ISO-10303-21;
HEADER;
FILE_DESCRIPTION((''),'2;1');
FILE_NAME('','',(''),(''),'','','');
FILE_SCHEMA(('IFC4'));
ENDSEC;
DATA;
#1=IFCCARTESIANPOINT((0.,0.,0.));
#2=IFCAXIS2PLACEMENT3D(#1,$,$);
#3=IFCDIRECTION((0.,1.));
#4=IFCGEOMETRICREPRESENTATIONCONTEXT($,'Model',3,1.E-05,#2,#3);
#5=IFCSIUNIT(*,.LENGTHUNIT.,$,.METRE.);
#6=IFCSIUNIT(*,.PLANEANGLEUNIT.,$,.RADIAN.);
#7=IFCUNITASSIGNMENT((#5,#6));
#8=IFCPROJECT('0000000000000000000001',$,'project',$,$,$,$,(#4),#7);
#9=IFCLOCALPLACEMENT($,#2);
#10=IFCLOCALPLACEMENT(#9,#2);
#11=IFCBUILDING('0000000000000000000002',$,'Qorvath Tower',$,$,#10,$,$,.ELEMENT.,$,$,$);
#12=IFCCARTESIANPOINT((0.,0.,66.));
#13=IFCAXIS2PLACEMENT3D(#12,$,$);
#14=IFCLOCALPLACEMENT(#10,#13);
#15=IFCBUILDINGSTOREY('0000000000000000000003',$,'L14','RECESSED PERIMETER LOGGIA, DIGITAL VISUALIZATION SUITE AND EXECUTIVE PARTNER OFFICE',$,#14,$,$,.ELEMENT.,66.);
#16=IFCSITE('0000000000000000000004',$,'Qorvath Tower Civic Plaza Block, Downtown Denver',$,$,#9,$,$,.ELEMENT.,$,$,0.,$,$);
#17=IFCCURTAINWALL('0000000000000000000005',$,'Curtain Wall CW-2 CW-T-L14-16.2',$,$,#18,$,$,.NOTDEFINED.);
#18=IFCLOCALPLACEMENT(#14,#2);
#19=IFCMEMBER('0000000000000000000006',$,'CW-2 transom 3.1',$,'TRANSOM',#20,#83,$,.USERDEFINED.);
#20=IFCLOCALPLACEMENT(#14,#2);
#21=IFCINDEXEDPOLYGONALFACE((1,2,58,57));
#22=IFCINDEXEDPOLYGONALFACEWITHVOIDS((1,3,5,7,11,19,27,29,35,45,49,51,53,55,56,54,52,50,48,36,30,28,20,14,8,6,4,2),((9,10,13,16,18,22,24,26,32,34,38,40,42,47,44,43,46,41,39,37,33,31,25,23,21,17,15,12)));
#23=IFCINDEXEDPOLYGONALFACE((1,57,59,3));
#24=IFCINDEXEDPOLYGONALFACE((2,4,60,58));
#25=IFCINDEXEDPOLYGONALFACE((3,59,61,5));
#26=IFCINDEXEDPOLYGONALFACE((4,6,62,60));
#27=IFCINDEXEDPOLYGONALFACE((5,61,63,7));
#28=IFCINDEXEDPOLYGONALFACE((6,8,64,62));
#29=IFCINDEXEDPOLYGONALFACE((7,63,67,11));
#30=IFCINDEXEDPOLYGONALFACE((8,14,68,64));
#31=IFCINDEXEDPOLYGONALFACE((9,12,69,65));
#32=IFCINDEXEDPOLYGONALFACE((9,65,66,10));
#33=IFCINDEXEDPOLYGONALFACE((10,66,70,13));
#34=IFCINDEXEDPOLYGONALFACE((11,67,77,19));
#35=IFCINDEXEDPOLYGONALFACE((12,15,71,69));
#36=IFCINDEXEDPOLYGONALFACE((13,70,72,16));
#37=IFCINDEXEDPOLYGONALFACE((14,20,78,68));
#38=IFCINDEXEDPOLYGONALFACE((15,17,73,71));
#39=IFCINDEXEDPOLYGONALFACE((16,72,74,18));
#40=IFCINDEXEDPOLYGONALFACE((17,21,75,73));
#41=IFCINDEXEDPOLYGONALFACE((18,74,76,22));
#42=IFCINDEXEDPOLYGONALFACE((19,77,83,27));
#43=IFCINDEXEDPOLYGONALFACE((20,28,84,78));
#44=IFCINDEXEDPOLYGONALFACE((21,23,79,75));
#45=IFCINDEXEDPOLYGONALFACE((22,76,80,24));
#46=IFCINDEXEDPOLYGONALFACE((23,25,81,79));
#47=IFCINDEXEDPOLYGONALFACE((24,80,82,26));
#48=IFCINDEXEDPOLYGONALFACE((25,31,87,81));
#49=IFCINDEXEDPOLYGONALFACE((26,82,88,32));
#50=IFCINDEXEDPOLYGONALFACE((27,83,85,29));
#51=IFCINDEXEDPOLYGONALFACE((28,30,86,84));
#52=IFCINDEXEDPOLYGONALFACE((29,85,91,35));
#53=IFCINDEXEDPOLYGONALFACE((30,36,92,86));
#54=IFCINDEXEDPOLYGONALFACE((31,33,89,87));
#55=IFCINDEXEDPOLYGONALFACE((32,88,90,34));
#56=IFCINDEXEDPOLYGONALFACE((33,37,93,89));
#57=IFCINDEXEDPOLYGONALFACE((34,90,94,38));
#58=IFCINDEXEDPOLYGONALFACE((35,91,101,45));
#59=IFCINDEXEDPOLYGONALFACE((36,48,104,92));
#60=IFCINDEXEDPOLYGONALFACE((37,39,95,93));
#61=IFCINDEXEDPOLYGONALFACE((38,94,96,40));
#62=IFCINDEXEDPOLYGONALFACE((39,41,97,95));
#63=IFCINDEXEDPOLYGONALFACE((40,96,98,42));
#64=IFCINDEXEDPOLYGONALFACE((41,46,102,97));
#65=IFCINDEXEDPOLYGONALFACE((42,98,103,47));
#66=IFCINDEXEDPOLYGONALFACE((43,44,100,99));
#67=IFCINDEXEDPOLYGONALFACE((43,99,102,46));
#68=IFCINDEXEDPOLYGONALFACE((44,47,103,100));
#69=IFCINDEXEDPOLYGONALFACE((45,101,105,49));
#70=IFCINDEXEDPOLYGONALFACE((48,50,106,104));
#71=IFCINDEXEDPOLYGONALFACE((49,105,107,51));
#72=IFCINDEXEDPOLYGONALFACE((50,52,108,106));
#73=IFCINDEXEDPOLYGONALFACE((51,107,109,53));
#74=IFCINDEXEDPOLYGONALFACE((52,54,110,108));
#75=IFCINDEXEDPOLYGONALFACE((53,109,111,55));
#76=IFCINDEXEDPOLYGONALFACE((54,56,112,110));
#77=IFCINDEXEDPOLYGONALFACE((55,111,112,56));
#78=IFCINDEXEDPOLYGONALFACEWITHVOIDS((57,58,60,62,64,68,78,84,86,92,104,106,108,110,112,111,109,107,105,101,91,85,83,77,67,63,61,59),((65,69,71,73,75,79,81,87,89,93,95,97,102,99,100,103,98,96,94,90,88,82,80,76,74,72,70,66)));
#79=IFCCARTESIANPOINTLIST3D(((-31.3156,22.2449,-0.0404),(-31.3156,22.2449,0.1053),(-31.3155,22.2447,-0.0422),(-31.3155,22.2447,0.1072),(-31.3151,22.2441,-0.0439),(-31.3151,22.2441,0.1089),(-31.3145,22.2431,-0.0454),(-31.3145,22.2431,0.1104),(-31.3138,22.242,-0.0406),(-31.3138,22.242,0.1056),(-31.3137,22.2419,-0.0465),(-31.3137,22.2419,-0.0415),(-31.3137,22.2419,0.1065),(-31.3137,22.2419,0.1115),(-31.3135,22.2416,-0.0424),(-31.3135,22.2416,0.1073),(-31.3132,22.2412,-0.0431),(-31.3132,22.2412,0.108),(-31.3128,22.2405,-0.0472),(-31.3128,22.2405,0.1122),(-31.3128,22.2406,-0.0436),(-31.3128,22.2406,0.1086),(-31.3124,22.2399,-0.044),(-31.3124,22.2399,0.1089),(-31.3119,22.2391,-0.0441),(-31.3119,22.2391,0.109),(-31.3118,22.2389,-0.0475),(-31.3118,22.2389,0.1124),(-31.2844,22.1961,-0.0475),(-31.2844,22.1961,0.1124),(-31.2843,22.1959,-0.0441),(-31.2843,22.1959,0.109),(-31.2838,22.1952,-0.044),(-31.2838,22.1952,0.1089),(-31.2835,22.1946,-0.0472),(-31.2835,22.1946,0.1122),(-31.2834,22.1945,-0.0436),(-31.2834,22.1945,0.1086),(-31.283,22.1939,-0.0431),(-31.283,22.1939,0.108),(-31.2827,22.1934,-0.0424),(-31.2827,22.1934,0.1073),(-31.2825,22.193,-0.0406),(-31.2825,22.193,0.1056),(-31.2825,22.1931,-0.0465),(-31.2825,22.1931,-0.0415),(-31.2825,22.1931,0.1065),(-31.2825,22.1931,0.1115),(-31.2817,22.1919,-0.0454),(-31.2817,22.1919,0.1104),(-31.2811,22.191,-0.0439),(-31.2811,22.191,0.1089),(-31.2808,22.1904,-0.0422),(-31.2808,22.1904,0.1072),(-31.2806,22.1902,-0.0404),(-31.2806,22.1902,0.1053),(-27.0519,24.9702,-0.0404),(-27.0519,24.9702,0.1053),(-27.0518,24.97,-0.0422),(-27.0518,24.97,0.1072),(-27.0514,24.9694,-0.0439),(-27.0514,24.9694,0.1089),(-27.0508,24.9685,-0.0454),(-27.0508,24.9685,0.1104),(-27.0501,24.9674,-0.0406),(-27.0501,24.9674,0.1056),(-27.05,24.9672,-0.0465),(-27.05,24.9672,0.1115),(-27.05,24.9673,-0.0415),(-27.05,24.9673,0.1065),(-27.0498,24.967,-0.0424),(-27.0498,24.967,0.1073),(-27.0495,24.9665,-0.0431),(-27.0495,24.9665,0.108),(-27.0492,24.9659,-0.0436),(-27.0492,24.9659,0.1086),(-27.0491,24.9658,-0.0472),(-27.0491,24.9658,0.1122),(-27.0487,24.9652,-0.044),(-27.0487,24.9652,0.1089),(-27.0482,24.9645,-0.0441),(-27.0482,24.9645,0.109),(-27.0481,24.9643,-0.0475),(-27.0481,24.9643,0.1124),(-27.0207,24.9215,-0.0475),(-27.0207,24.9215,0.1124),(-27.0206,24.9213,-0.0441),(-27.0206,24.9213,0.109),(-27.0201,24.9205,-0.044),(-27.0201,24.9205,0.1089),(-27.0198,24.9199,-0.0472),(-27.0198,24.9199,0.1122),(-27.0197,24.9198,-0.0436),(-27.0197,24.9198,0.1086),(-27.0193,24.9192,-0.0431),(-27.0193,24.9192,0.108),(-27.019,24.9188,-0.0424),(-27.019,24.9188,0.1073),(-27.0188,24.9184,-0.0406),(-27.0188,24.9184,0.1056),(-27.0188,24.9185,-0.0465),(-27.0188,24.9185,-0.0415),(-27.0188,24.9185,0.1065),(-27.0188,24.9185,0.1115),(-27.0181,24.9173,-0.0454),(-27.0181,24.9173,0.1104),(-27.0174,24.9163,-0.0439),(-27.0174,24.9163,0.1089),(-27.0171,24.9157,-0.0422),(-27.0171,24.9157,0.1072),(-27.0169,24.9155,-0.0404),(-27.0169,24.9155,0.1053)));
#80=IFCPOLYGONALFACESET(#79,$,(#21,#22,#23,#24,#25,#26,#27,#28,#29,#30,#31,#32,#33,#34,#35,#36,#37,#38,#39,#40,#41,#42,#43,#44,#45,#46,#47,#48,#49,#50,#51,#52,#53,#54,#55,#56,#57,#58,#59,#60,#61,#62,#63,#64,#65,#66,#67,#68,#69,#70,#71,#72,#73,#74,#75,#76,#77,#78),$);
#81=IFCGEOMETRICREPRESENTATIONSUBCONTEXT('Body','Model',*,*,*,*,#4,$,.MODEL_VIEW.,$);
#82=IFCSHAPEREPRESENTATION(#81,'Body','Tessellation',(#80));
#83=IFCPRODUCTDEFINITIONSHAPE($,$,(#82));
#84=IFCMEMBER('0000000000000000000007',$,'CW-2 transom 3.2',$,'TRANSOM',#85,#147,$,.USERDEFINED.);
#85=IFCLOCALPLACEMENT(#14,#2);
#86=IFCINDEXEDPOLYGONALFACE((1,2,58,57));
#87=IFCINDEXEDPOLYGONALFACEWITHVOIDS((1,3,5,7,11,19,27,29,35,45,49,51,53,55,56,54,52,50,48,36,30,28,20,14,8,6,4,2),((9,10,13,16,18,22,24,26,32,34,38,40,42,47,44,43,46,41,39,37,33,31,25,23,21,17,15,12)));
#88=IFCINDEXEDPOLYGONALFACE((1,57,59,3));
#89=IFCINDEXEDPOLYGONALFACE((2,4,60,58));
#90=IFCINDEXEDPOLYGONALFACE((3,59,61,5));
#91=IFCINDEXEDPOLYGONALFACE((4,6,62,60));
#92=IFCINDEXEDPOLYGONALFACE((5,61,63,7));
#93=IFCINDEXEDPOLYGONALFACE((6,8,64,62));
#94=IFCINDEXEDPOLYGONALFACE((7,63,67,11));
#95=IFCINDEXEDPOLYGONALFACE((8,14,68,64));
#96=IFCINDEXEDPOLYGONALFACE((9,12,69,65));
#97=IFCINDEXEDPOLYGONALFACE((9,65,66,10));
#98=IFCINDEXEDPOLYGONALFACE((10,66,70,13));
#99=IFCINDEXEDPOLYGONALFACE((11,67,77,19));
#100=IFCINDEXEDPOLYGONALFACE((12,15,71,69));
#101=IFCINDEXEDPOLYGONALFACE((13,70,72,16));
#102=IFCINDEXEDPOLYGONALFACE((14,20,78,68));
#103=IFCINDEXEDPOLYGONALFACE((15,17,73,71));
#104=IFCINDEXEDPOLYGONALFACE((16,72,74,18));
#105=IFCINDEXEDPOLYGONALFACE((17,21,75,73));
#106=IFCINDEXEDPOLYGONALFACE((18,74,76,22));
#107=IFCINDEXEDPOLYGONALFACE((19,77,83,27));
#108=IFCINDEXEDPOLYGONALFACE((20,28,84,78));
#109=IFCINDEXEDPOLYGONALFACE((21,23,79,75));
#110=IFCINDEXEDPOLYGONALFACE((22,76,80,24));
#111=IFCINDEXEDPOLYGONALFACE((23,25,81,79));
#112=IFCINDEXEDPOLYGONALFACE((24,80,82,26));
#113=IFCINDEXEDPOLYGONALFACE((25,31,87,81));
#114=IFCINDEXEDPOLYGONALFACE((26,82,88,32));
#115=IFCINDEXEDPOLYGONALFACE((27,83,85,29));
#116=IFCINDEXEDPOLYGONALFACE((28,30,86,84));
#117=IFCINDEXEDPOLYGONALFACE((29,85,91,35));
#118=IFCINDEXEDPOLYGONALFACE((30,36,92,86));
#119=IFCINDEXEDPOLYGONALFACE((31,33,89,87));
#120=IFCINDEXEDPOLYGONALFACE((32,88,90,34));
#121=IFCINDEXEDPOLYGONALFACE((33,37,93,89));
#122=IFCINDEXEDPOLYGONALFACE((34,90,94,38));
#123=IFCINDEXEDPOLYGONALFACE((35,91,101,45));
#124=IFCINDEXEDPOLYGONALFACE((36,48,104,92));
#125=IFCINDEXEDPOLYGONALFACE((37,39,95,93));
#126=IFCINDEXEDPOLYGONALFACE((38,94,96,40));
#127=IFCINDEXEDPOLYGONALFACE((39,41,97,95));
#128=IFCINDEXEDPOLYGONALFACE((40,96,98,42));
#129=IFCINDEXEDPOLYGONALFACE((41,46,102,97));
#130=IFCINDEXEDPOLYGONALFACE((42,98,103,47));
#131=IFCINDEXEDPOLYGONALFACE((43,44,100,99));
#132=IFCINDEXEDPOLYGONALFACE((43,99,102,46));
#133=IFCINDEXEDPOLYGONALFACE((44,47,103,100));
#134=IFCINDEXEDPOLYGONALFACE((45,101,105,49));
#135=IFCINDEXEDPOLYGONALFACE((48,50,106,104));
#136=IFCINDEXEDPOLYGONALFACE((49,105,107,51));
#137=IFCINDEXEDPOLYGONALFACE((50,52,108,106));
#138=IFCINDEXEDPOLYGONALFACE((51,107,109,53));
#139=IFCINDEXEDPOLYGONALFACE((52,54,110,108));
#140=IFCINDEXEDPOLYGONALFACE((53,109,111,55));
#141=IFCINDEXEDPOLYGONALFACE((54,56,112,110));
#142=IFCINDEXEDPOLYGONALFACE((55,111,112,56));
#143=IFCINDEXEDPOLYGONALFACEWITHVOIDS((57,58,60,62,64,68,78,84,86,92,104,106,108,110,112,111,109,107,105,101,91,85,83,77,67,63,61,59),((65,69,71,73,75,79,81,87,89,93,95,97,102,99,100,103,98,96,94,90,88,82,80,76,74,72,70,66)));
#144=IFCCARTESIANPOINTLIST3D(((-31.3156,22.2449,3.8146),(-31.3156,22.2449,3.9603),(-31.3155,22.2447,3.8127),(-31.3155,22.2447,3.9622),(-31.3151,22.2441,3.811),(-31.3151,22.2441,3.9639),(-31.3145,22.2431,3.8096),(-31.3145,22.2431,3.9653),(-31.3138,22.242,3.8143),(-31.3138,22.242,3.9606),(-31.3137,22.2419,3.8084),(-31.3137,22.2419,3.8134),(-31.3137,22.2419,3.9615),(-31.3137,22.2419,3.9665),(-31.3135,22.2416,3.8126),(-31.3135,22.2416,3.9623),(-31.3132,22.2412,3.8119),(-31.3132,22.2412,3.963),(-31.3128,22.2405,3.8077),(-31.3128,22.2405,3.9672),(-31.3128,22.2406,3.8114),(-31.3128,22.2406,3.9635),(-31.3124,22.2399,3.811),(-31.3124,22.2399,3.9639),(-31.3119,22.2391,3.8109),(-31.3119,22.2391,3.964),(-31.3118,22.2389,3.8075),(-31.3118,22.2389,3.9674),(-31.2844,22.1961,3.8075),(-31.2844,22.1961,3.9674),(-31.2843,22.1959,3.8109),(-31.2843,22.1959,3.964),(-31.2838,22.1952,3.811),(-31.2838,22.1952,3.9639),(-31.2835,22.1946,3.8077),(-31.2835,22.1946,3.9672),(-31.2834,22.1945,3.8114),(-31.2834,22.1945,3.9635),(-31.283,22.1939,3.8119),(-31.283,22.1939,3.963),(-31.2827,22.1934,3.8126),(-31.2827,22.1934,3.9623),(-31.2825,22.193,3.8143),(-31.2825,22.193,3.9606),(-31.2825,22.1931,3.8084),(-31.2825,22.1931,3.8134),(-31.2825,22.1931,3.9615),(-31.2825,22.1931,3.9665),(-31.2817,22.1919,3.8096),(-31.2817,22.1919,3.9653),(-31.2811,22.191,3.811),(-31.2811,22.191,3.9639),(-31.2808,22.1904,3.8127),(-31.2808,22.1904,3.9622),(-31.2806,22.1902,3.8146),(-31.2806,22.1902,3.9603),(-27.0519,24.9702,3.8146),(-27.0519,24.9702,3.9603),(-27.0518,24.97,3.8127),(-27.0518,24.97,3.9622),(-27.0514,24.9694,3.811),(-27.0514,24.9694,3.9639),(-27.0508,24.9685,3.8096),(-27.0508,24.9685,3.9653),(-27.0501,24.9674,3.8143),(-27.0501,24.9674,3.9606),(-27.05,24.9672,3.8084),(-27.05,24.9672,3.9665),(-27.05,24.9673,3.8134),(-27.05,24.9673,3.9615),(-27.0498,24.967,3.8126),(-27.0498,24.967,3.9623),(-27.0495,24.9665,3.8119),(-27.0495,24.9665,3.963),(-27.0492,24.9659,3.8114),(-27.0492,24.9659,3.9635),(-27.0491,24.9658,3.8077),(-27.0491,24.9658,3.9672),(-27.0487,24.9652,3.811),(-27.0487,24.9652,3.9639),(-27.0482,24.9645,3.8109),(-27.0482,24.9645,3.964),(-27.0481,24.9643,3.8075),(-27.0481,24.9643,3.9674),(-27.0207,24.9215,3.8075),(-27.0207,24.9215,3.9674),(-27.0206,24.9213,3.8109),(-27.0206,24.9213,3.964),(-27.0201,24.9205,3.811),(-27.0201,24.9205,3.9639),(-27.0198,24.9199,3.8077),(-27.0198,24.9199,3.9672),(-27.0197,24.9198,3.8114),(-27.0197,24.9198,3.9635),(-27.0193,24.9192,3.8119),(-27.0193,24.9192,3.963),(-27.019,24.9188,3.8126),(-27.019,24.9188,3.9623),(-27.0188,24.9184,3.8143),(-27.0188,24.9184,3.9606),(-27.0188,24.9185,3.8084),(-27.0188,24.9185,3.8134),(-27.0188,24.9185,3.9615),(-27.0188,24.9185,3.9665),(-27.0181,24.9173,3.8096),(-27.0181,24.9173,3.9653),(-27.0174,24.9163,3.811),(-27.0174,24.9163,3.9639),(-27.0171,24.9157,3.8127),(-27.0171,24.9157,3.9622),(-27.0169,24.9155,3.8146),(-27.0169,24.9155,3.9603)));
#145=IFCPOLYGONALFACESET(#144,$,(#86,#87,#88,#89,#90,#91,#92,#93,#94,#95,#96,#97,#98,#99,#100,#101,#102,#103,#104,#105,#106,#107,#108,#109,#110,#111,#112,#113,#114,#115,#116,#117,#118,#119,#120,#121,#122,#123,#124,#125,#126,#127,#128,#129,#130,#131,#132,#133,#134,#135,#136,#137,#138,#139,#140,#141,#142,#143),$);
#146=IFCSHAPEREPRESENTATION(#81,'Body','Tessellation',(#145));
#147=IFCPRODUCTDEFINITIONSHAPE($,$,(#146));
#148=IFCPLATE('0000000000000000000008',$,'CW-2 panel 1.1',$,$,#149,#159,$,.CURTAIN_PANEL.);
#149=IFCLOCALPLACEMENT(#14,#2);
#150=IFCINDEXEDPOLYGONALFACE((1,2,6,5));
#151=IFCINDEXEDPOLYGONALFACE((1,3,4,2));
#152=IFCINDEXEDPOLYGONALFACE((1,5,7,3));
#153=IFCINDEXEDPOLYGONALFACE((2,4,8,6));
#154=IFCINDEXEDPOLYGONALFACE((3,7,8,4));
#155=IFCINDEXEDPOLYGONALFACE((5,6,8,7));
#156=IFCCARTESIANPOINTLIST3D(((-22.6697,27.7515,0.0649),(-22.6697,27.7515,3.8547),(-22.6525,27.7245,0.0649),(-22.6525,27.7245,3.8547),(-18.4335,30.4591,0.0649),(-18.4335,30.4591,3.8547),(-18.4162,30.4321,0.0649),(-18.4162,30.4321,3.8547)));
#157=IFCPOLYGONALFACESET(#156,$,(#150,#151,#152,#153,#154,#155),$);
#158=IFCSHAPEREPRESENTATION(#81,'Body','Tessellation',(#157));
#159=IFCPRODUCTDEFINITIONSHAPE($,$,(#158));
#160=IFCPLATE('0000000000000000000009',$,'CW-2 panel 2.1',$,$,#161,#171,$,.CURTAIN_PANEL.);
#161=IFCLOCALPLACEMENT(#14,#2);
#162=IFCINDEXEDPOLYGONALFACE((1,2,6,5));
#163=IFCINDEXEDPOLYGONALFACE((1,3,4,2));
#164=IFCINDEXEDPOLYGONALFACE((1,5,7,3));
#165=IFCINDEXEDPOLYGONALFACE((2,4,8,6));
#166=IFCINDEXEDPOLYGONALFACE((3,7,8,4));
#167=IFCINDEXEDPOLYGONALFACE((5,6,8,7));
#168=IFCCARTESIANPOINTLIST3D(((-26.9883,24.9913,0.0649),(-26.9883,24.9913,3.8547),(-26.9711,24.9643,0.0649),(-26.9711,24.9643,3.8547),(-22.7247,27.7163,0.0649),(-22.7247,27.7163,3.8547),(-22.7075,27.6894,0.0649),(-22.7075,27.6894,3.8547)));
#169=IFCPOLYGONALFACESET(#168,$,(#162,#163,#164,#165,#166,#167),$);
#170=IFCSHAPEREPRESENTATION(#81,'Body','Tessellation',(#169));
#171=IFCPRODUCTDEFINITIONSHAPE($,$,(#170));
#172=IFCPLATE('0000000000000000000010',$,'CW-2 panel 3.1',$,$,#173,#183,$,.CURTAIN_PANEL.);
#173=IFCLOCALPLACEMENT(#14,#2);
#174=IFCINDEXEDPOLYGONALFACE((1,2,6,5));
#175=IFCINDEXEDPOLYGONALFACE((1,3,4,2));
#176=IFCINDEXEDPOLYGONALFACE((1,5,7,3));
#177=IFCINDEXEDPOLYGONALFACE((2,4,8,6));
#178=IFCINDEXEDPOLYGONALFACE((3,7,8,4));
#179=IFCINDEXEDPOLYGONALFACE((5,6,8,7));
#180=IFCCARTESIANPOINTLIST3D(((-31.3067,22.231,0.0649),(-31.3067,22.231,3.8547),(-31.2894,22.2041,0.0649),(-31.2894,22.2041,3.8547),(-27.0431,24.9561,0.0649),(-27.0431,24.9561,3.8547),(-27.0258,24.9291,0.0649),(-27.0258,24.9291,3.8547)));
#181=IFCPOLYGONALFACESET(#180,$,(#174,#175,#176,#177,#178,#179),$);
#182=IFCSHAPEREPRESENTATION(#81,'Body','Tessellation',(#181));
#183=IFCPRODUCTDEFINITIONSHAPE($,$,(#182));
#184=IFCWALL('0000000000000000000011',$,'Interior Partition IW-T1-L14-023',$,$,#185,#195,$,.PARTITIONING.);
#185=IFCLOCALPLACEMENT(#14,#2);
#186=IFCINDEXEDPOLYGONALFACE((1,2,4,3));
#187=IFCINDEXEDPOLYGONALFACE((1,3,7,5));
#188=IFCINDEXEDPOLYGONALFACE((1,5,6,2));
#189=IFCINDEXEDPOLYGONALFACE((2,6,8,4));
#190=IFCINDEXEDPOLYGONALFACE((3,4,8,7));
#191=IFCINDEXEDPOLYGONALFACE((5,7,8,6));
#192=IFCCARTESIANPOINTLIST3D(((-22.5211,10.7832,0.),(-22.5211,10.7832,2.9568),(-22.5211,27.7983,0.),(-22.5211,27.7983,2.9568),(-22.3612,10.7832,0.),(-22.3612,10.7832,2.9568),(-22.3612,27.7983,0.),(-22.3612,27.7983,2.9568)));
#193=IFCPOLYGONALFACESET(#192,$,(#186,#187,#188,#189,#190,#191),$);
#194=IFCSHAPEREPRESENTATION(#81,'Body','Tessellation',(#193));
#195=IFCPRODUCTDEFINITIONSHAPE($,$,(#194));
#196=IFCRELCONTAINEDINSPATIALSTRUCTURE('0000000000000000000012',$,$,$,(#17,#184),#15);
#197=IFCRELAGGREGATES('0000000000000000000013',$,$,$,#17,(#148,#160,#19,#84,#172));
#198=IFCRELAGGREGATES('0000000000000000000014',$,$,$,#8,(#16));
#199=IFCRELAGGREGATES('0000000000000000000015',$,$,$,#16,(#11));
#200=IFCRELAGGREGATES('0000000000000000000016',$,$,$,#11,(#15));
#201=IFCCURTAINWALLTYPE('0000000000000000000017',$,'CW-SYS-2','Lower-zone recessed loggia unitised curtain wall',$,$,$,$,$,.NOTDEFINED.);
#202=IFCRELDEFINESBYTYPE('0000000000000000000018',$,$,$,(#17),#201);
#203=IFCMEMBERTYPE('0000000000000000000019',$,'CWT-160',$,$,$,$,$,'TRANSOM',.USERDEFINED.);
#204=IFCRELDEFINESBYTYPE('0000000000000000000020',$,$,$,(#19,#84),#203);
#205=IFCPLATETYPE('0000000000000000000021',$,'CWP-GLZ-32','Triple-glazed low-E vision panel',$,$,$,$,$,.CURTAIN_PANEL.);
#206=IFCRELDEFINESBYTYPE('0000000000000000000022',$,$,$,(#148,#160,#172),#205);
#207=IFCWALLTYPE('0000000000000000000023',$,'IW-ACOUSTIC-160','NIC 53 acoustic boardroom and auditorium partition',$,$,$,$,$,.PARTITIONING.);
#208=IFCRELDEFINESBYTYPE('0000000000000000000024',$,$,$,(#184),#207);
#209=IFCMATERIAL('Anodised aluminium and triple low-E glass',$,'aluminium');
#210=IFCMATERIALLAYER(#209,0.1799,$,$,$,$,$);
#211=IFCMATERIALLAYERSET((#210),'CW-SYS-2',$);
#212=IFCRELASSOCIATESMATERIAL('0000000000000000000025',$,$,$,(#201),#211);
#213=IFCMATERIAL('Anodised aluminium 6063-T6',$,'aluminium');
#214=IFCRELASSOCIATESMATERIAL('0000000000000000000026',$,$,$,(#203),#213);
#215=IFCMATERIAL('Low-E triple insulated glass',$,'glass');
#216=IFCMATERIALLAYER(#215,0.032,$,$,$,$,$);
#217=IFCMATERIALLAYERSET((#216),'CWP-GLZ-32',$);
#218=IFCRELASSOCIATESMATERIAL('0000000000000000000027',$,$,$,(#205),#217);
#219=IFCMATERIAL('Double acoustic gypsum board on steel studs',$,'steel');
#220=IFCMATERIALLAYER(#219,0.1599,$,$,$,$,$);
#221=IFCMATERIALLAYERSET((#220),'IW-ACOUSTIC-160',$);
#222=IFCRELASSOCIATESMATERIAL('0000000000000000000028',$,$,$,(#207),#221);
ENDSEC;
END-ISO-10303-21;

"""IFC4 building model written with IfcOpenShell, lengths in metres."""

from ifc_helpers import new_model, si_unit, direction, frame, frame_2d, origin, origin_2d, place, context, subcontext, project, spatial, rectangle, hollow_rectangle, extrude, material, layer, layer_set, material_profile, profile_set, type_object, element, aggregate, save


model = new_model("IFC4")

# Units and contexts
model_context = context("Model", 3, precision=1e-05, world=origin(), true_north=direction((0.0, 1.0)))
body_context = subcontext(model_context, "Body", "Model", "MODEL_VIEW")
ifc_project = project(units=[si_unit("LENGTHUNIT", "METRE"), si_unit("PLANEANGLEUNIT", "RADIAN")], contexts=[model_context])

# Site, building, storey
site_placement = place(None, origin())
site = spatial("IfcSite", under=ifc_project, at=site_placement, Name="Qorvath Tower Civic Plaza Block, Downtown Denver", CompositionType="ELEMENT", RefElevation=0.0)
building_placement = place(site_placement, origin())
building = spatial("IfcBuilding", under=site, at=building_placement, Name="Qorvath Tower", CompositionType="ELEMENT")
storey_placement = place(building_placement, frame((0.0, 0.0, 66.0)))
storey = spatial("IfcBuildingStorey", under=building, at=storey_placement, Name="L14", Description="RECESSED PERIMETER LOGGIA, DIGITAL VISUALIZATION SUITE AND EXECUTIVE PARTNER OFFICE", CompositionType="ELEMENT", Elevation=66.0)

# Curtain wall, members, plates
ifc_material_1 = material(Name="Anodised aluminium and triple low-E glass", Category="aluminium")
ifc_layer_1 = layer(ifc_material_1, 0.1799)
ifc_layer_set_1 = layer_set([ifc_layer_1], Name="CW-SYS-2")
curtain_wall_type = type_object("IfcCurtainWallType", Name="CW-SYS-2", Description="Lower-zone recessed loggia unitised curtain wall", PredefinedType="NOTDEFINED", material=ifc_layer_set_1)
curtain_wall_placement = place(storey_placement, origin())
curtain_wall = element("IfcCurtainWall", 1, at=curtain_wall_placement, inside=storey, type_object=curtain_wall_type, Name="Curtain Wall CW-2 CW-T-L14-16.2", PredefinedType="NOTDEFINED")
ifc_material_2 = material(Name="Anodised aluminium 6063-T6", Category="aluminium")
ifc_material_profile_1 = material_profile(ifc_material_2, hollow_rectangle(XDim=0.0649, YDim=0.1599, WallThickness=0.0034, InnerFilletRadius=0.0034, OuterFilletRadius=0.0071, at=origin_2d()), Name="CWT 160x65")
ifc_profile_set_1 = profile_set([ifc_material_profile_1], Name="Anodised aluminium 6063-T6")
member_type_1 = type_object("IfcMemberType", Name="CWT-160", ElementType="TRANSOM", PredefinedType="USERDEFINED", material=ifc_profile_set_1)
member_1_placement = place(storey_placement, frame((-27.0344, 24.9429, 0.0325), z_axis=(-0.842577, -0.538576, 0.0), x_axis=(0.538576, -0.842577, 0.0)))
member_1 = element("IfcMember", 2, at=member_1_placement, type_object=member_type_1, Name="CW-2 transom 3.1", ObjectType="TRANSOM", PredefinedType="USERDEFINED", context=body_context, shape_type="SweptSolid", body=[
    extrude(hollow_rectangle(XDim=0.0649, YDim=0.1599, WallThickness=0.0034, InnerFilletRadius=0.0034, OuterFilletRadius=0.0071, at=origin_2d()), origin(), (0.0, 0.0, 1.0), 5.0603),
])
member_2_placement = place(storey_placement, frame((-27.0344, 24.9429, 3.8875), z_axis=(-0.842577, -0.538576, 0.0), x_axis=(0.538576, -0.842577, 0.0)))
member_2 = element("IfcMember", 3, at=member_2_placement, type_object=member_type_1, Name="CW-2 transom 3.2", ObjectType="TRANSOM", PredefinedType="USERDEFINED", context=body_context, shape_type="SweptSolid", body=[
    extrude(hollow_rectangle(XDim=0.0649, YDim=0.1599, WallThickness=0.0034, InnerFilletRadius=0.0034, OuterFilletRadius=0.0071, at=origin_2d()), origin(), (0.0, 0.0, 1.0), 5.0603),
])
ifc_material_3 = material(Name="Low-E triple insulated glass", Category="glass")
ifc_layer_2 = layer(ifc_material_3, 0.032)
ifc_layer_set_2 = layer_set([ifc_layer_2], Name="CWP-GLZ-32")
plate_type = type_object("IfcPlateType", Name="CWP-GLZ-32", Description="Triple-glazed low-E vision panel", PredefinedType="CURTAIN_PANEL", material=ifc_layer_set_2)
plate_1_placement = place(storey_placement, frame((-20.543, 29.0918, 0.0649), z_axis=(0.0, 0.0, 1.0), x_axis=(-0.842599, -0.538542, 0.0)))
plate_1 = element("IfcPlate", 4, at=plate_1_placement, type_object=plate_type, Name="CW-2 panel 1.1", PredefinedType="CURTAIN_PANEL", context=body_context, shape_type="SweptSolid", body=[
    extrude(rectangle(XDim=5.0276, YDim=0.032, at=origin_2d()), origin(), (0.0, 0.0, 1.0), 3.7898),
])
plate_2_placement = place(storey_placement, frame((-24.8479, 26.3403, 0.0649), z_axis=(0.0, 0.0, 1.0), x_axis=(-0.842599, -0.538542, 0.0)))
plate_2 = element("IfcPlate", 5, at=plate_2_placement, type_object=plate_type, Name="CW-2 panel 2.1", PredefinedType="CURTAIN_PANEL", context=body_context, shape_type="SweptSolid", body=[
    extrude(rectangle(XDim=5.0601, YDim=0.032, at=origin_2d()), origin(), (0.0, 0.0, 1.0), 3.7898),
])
plate_3_placement = place(storey_placement, frame((-29.1663, 23.5801, 0.0649), z_axis=(0.0, 0.0, 1.0), x_axis=(-0.842599, -0.538542, 0.0)))
plate_3 = element("IfcPlate", 6, at=plate_3_placement, type_object=plate_type, Name="CW-2 panel 3.1", PredefinedType="CURTAIN_PANEL", context=body_context, shape_type="SweptSolid", body=[
    extrude(rectangle(XDim=5.0601, YDim=0.032, at=origin_2d()), origin(), (0.0, 0.0, 1.0), 3.7898),
])
aggregate(curtain_wall, [plate_1, plate_2, member_1, member_2, plate_3])

# Wall
ifc_material_4 = material(Name="Double acoustic gypsum board on steel studs", Category="steel")
ifc_layer_3 = layer(ifc_material_4, 0.1599)
ifc_layer_set_3 = layer_set([ifc_layer_3], Name="IW-ACOUSTIC-160")
wall_type_1 = type_object("IfcWallType", Name="IW-ACOUSTIC-160", Description="NIC 53 acoustic boardroom and auditorium partition", PredefinedType="PARTITIONING", material=ifc_layer_set_3)
wall_1_placement = place(storey_placement, frame((-22.4412, 10.7832, 0.0), z_axis=(0.0, 0.0, 1.0), x_axis=(0.0, 1.0, 0.0)))
element("IfcWall", 7, at=wall_1_placement, inside=storey, type_object=wall_type_1, Name="Interior Partition IW-T1-L14-023", PredefinedType="PARTITIONING", context=body_context, shape_type="SweptSolid", body=[
    extrude(rectangle(XDim=17.0151, YDim=0.1599, at=frame_2d((8.5076, 0.0))), origin(), (0.0, 0.0, 1.0), 2.9568),
])

save(model, "model.ifc")
